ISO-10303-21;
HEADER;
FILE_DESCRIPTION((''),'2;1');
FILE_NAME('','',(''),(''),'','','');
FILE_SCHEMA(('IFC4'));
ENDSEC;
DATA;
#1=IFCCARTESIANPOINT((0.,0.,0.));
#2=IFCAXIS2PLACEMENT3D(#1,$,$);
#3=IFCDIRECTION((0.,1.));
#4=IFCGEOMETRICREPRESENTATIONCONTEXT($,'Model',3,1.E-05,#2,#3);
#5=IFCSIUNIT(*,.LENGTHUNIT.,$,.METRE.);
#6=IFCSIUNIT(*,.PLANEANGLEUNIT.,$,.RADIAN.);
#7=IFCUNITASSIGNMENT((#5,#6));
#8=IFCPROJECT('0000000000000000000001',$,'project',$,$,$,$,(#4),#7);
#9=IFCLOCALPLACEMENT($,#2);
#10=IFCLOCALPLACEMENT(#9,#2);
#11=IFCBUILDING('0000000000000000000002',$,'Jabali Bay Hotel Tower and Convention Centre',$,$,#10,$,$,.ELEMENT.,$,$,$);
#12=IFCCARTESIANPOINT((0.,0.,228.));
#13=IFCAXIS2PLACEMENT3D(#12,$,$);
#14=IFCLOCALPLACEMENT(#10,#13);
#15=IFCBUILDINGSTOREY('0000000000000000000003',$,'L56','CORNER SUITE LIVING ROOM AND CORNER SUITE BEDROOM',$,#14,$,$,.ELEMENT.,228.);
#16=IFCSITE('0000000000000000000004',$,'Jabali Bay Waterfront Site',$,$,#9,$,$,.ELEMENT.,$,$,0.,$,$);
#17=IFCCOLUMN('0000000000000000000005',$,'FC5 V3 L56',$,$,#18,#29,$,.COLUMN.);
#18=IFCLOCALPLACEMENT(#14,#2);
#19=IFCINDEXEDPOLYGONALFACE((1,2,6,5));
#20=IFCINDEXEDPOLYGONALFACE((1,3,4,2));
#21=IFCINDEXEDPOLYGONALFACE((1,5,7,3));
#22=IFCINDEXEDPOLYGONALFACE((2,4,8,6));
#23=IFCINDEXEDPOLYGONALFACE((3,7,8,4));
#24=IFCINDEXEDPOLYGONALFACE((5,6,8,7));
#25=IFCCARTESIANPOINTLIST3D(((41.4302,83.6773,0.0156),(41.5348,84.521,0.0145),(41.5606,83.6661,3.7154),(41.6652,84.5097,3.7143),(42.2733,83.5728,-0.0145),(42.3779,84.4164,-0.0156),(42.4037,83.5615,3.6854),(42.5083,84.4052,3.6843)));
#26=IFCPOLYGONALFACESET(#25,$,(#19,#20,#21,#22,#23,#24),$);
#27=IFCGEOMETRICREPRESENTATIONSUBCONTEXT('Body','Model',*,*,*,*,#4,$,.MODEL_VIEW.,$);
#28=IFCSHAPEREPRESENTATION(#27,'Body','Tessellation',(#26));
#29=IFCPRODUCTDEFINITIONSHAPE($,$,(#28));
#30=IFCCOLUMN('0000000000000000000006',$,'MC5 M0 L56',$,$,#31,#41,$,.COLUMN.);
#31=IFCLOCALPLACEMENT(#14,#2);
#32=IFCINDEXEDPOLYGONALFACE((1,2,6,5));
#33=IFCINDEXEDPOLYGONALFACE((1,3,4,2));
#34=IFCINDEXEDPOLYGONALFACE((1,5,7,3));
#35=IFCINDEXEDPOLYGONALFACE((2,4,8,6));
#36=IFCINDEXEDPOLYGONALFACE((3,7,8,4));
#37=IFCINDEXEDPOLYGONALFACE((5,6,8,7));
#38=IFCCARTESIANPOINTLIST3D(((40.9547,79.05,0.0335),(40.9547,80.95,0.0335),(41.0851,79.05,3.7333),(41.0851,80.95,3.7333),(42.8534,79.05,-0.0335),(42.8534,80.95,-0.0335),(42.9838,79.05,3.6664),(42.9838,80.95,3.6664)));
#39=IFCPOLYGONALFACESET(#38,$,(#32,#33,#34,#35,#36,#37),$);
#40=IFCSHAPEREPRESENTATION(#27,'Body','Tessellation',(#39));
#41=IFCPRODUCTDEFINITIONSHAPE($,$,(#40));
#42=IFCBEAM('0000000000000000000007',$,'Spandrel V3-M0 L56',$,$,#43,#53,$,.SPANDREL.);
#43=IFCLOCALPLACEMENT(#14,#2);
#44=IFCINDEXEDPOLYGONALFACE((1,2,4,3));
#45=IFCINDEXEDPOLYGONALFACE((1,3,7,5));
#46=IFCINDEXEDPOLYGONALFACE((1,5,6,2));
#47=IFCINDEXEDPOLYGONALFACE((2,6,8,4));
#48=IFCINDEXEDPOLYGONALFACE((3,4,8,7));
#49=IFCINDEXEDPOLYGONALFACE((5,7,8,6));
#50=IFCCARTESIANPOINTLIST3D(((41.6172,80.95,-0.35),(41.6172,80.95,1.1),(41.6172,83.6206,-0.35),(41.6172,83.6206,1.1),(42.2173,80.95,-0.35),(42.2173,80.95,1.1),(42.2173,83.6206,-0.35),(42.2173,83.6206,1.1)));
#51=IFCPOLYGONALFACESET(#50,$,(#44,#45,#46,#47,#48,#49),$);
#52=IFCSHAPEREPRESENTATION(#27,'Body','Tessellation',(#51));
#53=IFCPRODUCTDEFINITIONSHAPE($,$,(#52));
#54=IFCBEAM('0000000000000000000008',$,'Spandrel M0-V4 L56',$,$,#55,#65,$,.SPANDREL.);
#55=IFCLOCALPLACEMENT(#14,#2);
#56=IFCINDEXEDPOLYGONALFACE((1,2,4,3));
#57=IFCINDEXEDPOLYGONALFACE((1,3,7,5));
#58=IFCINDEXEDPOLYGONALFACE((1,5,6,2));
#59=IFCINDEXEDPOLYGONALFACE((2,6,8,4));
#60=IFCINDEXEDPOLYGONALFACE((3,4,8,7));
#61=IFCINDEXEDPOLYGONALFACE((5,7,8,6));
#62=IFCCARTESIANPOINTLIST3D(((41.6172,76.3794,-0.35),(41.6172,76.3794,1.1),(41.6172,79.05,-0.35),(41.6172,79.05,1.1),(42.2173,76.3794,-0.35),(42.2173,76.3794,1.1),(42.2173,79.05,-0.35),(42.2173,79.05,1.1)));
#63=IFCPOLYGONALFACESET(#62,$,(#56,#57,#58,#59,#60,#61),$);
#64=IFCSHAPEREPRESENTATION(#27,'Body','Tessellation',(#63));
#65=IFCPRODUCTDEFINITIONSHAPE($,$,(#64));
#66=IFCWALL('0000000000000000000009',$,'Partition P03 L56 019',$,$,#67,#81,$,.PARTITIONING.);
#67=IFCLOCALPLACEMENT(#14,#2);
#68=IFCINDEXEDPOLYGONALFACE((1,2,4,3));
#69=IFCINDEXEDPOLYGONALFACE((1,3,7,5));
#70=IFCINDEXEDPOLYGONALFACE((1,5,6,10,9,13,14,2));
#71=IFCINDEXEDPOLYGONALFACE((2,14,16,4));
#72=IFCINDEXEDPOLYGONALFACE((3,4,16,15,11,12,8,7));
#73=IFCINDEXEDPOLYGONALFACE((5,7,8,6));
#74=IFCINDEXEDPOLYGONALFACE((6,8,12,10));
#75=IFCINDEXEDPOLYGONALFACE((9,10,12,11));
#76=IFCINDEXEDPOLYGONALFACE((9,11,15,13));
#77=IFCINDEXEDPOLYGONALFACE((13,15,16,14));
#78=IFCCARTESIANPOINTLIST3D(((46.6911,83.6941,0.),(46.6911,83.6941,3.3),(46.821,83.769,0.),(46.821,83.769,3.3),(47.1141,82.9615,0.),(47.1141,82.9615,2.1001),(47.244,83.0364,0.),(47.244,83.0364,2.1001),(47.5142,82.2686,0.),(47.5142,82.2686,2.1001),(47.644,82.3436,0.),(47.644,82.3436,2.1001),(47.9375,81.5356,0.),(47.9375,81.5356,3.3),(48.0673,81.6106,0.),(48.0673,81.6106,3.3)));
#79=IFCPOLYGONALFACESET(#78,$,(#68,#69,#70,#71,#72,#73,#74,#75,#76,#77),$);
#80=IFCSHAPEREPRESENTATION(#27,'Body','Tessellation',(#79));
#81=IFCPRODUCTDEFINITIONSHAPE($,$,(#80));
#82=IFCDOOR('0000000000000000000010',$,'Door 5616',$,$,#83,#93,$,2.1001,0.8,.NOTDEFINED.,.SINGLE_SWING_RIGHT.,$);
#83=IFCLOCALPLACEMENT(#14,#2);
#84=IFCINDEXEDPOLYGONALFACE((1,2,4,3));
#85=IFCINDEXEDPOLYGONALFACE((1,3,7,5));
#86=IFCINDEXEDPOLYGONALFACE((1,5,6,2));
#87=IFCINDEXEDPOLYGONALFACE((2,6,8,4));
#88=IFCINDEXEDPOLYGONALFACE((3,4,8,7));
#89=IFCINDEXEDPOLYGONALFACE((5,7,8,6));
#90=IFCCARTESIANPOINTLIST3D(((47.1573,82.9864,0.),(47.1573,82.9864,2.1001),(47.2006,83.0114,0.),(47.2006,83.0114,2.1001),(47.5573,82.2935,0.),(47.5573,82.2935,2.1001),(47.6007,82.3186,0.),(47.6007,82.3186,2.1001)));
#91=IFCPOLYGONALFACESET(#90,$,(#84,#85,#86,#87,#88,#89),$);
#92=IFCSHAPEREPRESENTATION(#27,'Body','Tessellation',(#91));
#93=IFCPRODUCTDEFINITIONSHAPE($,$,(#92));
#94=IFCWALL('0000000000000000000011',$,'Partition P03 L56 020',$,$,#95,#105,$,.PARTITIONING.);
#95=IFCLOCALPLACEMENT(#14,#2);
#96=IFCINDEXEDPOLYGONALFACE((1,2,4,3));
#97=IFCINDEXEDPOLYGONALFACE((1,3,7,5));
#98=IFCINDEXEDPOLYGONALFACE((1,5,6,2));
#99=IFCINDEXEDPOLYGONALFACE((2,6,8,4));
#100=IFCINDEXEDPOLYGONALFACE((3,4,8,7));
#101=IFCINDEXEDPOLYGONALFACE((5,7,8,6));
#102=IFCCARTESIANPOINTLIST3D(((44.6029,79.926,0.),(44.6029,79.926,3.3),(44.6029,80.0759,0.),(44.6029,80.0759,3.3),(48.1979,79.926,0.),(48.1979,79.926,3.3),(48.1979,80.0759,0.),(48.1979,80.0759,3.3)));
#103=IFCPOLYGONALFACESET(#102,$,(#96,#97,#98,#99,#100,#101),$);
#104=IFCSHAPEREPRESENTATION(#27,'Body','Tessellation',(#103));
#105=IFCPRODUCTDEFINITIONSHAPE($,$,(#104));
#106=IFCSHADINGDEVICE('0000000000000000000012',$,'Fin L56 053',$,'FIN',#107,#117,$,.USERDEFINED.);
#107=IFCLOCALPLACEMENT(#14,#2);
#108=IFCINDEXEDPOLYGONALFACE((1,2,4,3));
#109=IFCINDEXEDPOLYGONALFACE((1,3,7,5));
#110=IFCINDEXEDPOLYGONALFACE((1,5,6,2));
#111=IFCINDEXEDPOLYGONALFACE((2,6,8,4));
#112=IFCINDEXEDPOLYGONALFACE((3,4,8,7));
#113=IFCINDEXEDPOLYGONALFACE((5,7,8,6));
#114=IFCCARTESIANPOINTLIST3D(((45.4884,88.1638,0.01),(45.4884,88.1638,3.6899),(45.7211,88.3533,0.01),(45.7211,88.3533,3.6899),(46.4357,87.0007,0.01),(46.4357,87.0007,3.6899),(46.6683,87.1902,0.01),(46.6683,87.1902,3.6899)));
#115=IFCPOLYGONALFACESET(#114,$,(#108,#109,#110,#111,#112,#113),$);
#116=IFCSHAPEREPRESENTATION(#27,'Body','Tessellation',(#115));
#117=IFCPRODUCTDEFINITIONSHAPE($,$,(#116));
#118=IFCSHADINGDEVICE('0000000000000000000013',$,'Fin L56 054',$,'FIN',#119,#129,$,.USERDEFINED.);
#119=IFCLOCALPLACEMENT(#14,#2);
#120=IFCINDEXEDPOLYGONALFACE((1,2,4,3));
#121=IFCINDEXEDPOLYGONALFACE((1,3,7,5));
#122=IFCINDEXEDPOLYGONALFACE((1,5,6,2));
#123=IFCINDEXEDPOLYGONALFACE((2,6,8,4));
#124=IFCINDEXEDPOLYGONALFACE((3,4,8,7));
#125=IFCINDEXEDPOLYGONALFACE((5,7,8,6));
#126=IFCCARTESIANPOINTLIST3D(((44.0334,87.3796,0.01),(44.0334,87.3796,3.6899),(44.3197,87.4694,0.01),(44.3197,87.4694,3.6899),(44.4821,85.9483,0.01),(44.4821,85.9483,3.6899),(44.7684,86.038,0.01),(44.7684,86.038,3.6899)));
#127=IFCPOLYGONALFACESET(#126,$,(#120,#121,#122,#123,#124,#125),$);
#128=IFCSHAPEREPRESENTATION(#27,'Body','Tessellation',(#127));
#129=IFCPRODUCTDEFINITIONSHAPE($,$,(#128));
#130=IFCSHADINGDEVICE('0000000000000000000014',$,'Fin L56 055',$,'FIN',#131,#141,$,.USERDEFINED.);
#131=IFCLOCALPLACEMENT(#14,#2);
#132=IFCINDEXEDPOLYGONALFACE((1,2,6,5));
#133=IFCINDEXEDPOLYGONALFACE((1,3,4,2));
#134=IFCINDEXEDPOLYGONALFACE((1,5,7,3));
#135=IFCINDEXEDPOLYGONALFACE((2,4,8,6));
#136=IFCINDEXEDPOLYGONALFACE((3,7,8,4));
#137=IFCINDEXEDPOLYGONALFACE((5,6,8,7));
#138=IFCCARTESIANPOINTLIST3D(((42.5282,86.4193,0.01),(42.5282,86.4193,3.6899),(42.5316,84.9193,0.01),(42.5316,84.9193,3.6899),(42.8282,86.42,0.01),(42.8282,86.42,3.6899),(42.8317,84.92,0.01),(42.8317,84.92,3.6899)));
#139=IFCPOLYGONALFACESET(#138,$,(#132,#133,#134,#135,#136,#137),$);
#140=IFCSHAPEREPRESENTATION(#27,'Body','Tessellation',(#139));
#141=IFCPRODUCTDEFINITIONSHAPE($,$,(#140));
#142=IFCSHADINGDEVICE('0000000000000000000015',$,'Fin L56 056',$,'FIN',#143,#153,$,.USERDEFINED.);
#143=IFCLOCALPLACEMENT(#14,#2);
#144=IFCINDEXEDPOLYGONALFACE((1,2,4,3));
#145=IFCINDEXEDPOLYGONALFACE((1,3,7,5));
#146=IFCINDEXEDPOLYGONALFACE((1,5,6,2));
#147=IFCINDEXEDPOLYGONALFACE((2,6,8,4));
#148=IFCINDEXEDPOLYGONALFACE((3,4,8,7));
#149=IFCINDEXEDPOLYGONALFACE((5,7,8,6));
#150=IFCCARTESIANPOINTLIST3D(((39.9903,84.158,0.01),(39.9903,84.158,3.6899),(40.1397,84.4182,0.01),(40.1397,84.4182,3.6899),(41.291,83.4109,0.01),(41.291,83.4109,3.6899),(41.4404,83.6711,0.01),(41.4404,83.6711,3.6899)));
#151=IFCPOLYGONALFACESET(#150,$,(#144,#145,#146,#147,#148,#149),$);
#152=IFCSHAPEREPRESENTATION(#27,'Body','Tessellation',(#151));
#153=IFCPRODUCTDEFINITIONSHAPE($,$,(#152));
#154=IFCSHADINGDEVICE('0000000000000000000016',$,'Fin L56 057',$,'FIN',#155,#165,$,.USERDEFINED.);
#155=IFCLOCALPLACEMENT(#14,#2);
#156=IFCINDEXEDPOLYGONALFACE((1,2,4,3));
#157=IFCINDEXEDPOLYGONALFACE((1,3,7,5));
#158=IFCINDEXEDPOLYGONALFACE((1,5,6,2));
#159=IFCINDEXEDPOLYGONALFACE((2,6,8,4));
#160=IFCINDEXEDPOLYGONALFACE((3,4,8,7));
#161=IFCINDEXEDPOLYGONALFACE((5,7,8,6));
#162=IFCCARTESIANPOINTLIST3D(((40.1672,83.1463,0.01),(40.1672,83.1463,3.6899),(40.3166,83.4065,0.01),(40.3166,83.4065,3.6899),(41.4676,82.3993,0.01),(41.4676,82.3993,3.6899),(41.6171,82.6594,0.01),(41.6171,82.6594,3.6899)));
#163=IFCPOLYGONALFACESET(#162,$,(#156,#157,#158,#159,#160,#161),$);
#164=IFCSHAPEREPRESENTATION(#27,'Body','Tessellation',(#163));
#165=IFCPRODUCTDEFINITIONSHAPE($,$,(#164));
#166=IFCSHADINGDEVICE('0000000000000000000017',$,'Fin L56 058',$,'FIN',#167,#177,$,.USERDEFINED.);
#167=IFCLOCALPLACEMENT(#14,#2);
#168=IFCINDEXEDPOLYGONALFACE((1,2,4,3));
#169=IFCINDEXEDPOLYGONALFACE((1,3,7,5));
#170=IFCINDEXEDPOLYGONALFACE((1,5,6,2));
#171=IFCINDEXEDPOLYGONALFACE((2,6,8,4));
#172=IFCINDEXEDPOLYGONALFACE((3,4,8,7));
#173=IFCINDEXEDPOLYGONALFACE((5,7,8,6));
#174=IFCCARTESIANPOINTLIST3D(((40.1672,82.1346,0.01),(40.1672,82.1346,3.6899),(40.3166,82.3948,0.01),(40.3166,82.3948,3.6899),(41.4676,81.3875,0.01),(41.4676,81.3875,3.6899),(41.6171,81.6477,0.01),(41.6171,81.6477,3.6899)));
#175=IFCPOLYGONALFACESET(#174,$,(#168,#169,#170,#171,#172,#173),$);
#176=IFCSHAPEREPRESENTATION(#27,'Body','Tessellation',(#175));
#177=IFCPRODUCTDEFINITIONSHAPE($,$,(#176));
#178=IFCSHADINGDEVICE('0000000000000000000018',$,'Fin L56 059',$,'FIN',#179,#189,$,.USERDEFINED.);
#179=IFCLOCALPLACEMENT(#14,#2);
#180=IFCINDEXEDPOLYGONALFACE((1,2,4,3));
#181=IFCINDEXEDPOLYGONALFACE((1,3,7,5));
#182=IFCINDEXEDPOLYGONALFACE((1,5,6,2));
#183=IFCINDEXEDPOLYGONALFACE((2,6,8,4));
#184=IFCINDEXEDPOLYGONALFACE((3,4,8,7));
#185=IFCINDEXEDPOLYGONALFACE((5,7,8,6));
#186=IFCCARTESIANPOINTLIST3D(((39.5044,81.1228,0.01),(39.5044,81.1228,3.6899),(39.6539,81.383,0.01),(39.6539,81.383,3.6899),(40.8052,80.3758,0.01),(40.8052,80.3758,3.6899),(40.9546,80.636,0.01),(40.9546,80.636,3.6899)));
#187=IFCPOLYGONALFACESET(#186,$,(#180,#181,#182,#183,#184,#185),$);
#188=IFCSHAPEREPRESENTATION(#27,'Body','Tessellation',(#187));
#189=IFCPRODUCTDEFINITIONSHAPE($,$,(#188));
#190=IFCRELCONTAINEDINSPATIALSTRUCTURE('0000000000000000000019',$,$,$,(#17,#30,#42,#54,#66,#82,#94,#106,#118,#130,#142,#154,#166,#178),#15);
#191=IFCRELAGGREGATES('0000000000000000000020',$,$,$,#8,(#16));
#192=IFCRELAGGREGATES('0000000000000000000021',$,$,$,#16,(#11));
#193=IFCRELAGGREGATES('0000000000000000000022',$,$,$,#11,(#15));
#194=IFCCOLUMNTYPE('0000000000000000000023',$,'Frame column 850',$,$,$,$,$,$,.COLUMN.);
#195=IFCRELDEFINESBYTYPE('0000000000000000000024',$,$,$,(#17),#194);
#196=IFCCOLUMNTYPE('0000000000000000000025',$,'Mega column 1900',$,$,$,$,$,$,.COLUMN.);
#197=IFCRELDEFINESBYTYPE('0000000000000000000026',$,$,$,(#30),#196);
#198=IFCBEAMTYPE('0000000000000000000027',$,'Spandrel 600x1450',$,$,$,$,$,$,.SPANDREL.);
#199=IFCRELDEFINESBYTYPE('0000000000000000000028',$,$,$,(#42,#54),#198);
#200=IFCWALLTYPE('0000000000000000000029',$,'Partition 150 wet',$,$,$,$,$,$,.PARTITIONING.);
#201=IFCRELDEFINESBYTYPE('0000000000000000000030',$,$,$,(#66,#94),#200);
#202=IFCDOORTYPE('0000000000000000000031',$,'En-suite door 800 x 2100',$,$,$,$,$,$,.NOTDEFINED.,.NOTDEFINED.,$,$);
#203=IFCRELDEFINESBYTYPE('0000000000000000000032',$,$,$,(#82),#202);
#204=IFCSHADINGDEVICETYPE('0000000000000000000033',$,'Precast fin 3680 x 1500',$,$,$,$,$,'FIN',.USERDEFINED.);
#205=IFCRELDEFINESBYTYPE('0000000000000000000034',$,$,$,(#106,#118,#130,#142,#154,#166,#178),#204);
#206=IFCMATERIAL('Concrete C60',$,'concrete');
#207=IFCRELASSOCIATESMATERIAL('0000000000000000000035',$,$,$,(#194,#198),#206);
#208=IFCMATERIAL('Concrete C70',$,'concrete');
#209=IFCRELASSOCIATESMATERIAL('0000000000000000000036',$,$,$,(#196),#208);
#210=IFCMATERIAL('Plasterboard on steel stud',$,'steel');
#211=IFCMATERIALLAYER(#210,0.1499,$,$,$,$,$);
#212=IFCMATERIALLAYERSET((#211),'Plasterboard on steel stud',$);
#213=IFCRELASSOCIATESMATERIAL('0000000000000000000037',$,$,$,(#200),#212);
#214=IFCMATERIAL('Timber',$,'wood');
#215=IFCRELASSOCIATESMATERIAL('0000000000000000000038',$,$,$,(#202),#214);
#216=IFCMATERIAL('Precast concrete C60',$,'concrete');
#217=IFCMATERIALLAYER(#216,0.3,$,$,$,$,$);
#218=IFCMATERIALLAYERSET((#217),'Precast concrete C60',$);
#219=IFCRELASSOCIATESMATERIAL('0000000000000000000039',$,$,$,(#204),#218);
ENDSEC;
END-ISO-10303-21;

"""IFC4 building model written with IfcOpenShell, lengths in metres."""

from ifc_helpers import new_model, si_unit, direction, frame, frame_2d, origin, origin_2d, place, context, subcontext, project, spatial, rectangle, extrude, material, layer, layer_set, material_profile, profile_set, type_object, element, fill, save


model = new_model("IFC4")

# Units and contexts
model_context = context("Model", 3, precision=1e-05, world=origin(), true_north=direction((0.0, 1.0)))
body_context = subcontext(model_context, "Body", "Model", "MODEL_VIEW")
ifc_project = project(units=[si_unit("LENGTHUNIT", "METRE"), si_unit("PLANEANGLEUNIT", "RADIAN")], contexts=[model_context])

# Site, building, storey
site_placement = place(None, origin())
site = spatial("IfcSite", under=ifc_project, at=site_placement, Name="Jabali Bay Waterfront Site", CompositionType="ELEMENT", RefElevation=0.0)
building_placement = place(site_placement, origin())
building = spatial("IfcBuilding", under=site, at=building_placement, Name="Jabali Bay Hotel Tower and Convention Centre", CompositionType="ELEMENT")
storey_placement = place(building_placement, frame((0.0, 0.0, 228.0)))
storey = spatial("IfcBuildingStorey", under=building, at=storey_placement, Name="L56", Description="CORNER SUITE LIVING ROOM AND CORNER SUITE BEDROOM", CompositionType="ELEMENT", Elevation=228.0)

# Columns
ifc_material_1 = material(Name="Concrete C60", Category="concrete")
ifc_material_profile_1 = material_profile(ifc_material_1, rectangle(XDim=0.8501, YDim=0.8501, at=origin_2d()), Name="Frame column 850")
ifc_profile_set_1 = profile_set([ifc_material_profile_1], Name="Concrete C60")
column_type_1 = type_object("IfcColumnType", Name="Frame column 850", PredefinedType="COLUMN", material=ifc_profile_set_1)
column_1_placement = place(storey_placement, frame((41.9041, 84.0469, 0.0), z_axis=(0.035214, -0.003033, 0.999375), x_axis=(-0.991777, 0.123007, 0.03532)))
element("IfcColumn", 1, at=column_1_placement, inside=storey, type_object=column_type_1, Name="FC5 V3 L56", PredefinedType="COLUMN", context=body_context, shape_type="SweptSolid", body=[
    extrude(rectangle(XDim=0.8501, YDim=0.8501, at=origin_2d()), origin(), (0.0, 0.0, 1.0), 3.7021),
])
ifc_material_2 = material(Name="Concrete C70", Category="concrete")
ifc_material_profile_2 = material_profile(ifc_material_2, rectangle(XDim=1.8999, YDim=1.8999, at=origin_2d()), Name="Mega column 1900")
ifc_profile_set_2 = profile_set([ifc_material_profile_2], Name="Concrete C70")
column_type_2 = type_object("IfcColumnType", Name="Mega column 1900", PredefinedType="COLUMN", material=ifc_profile_set_2)
column_2_placement = place(storey_placement, frame((41.9041, 80.0, 0.0), z_axis=(0.035214, 0.0, 0.99938), x_axis=(0.0, 1.0, 0.0)))
element("IfcColumn", 2, at=column_2_placement, inside=storey, type_object=column_type_2, Name="MC5 M0 L56", PredefinedType="COLUMN", context=body_context, shape_type="SweptSolid", body=[
    extrude(rectangle(XDim=1.8999, YDim=1.8999, at=origin_2d()), origin(), (0.0, 0.0, 1.0), 3.7021),
])

# Beams
ifc_material_profile_3 = material_profile(ifc_material_1, rectangle(XDim=0.6001, YDim=1.45, at=origin_2d()), Name="Spandrel 600x1450")
ifc_profile_set_3 = profile_set([ifc_material_profile_3], Name="Concrete C60")
beam_type = type_object("IfcBeamType", Name="Spandrel 600x1450", PredefinedType="SPANDREL", material=ifc_profile_set_3)
for number, where, z_axis, x_axis, name in (
    (3, (41.9172, 83.6206, 0.375), (0.0, -1.0, 0.0), (1.0, 0.0, 0.0), "Spandrel V3-M0 L56"),
    (4, (41.9172, 79.05, 0.375), (0.0, -1.0, 0.0), (1.0, 0.0, 0.0), "Spandrel M0-V4 L56"),
):
    element("IfcBeam", number, at=place(storey_placement, frame(where, z_axis=z_axis, x_axis=x_axis)), inside=storey, type_object=beam_type, Name=name, PredefinedType="SPANDREL", context=body_context, shape_type="SweptSolid", body=[
        extrude(rectangle(XDim=0.6001, YDim=1.45, at=origin_2d()), origin(), (0.0, 0.0, 1.0), 2.6707),
    ])

# Wall, opening, door
ifc_material_3 = material(Name="Plasterboard on steel stud", Category="steel")
ifc_layer_1 = layer(ifc_material_3, 0.1499)
ifc_layer_set_1 = layer_set([ifc_layer_1], Name="Plasterboard on steel stud")
wall_type_1 = type_object("IfcWallType", Name="Partition 150 wet", PredefinedType="PARTITIONING", material=ifc_layer_set_1)
wall_1_placement = place(storey_placement, frame((46.7561, 83.7314, 0.0), z_axis=(0.0, 0.0, 1.0), x_axis=(0.500047, -0.865998, 0.0)))
wall_1 = element("IfcWall", 5, at=wall_1_placement, inside=storey, type_object=wall_type_1, Name="Partition P03 L56 019", PredefinedType="PARTITIONING", context=body_context, shape_type="SweptSolid", body=[
    extrude(rectangle(XDim=2.4924, YDim=0.1499, at=frame_2d((1.2461, 0.0))), origin(), (0.0, 0.0, 1.0), 3.3),
])
opening_1_placement = place(wall_1_placement, frame((0.8459, 0.0, 0.0)))
opening_1 = element("IfcOpeningElement", 6, at=opening_1_placement, cuts=wall_1, PredefinedType="OPENING", context=body_context, shape_type="SweptSolid", body=[
    extrude(rectangle(XDim=0.8, YDim=2.1001, at=frame_2d((0.3999, 1.05))), frame((0.0, 0.0854, 0.0), z_axis=(0.0, -1.0, 0.0), x_axis=(1.0, 0.0, 0.0)), (0.0, 0.0, 1.0), 0.1709),
])
ifc_material_4 = material(Name="Timber", Category="wood")
door_type_1 = type_object("IfcDoorType", Name="En-suite door 800 x 2100", OperationType="NOTDEFINED", PredefinedType="NOTDEFINED", material=ifc_material_4)
door_1_placement = place(opening_1_placement, origin())
door_1 = element("IfcDoor", 7, at=door_1_placement, inside=storey, type_object=door_type_1, Name="Door 5616", OperationType="SINGLE_SWING_RIGHT", OverallHeight=2.1001, OverallWidth=0.8, PredefinedType="NOTDEFINED", context=body_context, shape_type="SweptSolid", body=[
    extrude(rectangle(XDim=0.8, YDim=2.1001, at=frame_2d((0.3999, 1.05))), frame((0.0, 0.0249, 0.0), z_axis=(0.0, -1.0, 0.0), x_axis=(1.0, 0.0, 0.0)), (0.0, 0.0, 1.0), 0.05),
])
fill(opening_1, door_1)

# Wall
wall_2_placement = place(storey_placement, frame((44.603, 80.001, 0.0), z_axis=(0.0, 0.0, 1.0), x_axis=(1.0, 0.0, 0.0)))
element("IfcWall", 8, at=wall_2_placement, inside=storey, type_object=wall_type_1, Name="Partition P03 L56 020", PredefinedType="PARTITIONING", context=body_context, shape_type="SweptSolid", body=[
    extrude(rectangle(XDim=3.595, YDim=0.1499, at=frame_2d((1.7974, 0.0))), origin(), (0.0, 0.0, 1.0), 3.3),
])

# Shading devices
ifc_material_5 = material(Name="Precast concrete C60", Category="concrete")
ifc_layer_2 = layer(ifc_material_5, 0.3)
ifc_layer_set_2 = layer_set([ifc_layer_2], Name="Precast concrete C60")
shading_device_type = type_object("IfcShadingDeviceType", Name="Precast fin 3680 x 1500", ElementType="FIN", PredefinedType="USERDEFINED", material=ifc_layer_set_2)
for number, where, z_axis, x_axis, name in (
    (9, (46.552, 87.0955, 0.01), (0.0, 0.0, 1.0), (-0.631499, 0.775377, 0.0), "Fin L56 053"),
    (10, (44.6252, 85.9932, 0.01), (0.0, 0.0, 1.0), (-0.299137, 0.95421, 0.0), "Fin L56 054"),
    (11, (42.6816, 84.9197, 0.01), (0.0, 0.0, 1.0), (-0.002279, 0.999997, 0.0), "Fin L56 055"),
    (12, (41.3657, 83.541, 0.01), (0.0, 0.0, 1.0), (-0.867159, 0.498031, 0.0), "Fin L56 056"),
):
    element("IfcShadingDevice", number, at=place(storey_placement, frame(where, z_axis=z_axis, x_axis=x_axis)), inside=storey, type_object=shading_device_type, Name=name, ObjectType="FIN", PredefinedType="USERDEFINED", context=body_context, shape_type="SweptSolid", body=[
        extrude(rectangle(XDim=1.5, YDim=0.3, at=frame_2d((0.75, 0.0))), origin(), (0.0, 0.0, 1.0), 3.6799),
    ])
for number, where, z_axis, x_axis, name in (
    (13, (41.5425, 82.5293, 0.01), (0.0, 0.0, 1.0), (-0.867119, 0.498101, 0.0), "Fin L56 057"),
    (14, (41.5425, 81.5176, 0.01), (0.0, 0.0, 1.0), (-0.867119, 0.498101, 0.0), "Fin L56 058"),
):
    element("IfcShadingDevice", number, at=place(storey_placement, frame(where, z_axis=z_axis, x_axis=x_axis)), inside=storey, type_object=shading_device_type, Name=name, ObjectType="FIN", PredefinedType="USERDEFINED", context=body_context, shape_type="SweptSolid", body=[
        extrude(rectangle(XDim=1.4998, YDim=0.3, at=frame_2d((0.75, 0.0))), origin(), (0.0, 0.0, 1.0), 3.6799),
    ])
for number, where, z_axis, x_axis, name in (
    (15, (40.8799, 80.5059, 0.01), (0.0, 0.0, 1.0), (-0.867159, 0.498031, 0.0), "Fin L56 059"),
):
    element("IfcShadingDevice", number, at=place(storey_placement, frame(where, z_axis=z_axis, x_axis=x_axis)), inside=storey, type_object=shading_device_type, Name=name, ObjectType="FIN", PredefinedType="USERDEFINED", context=body_context, shape_type="SweptSolid", body=[
        extrude(rectangle(XDim=1.5, YDim=0.3, at=frame_2d((0.75, 0.0))), origin(), (0.0, 0.0, 1.0), 3.6799),
    ])

save(model, "model.ifc")
